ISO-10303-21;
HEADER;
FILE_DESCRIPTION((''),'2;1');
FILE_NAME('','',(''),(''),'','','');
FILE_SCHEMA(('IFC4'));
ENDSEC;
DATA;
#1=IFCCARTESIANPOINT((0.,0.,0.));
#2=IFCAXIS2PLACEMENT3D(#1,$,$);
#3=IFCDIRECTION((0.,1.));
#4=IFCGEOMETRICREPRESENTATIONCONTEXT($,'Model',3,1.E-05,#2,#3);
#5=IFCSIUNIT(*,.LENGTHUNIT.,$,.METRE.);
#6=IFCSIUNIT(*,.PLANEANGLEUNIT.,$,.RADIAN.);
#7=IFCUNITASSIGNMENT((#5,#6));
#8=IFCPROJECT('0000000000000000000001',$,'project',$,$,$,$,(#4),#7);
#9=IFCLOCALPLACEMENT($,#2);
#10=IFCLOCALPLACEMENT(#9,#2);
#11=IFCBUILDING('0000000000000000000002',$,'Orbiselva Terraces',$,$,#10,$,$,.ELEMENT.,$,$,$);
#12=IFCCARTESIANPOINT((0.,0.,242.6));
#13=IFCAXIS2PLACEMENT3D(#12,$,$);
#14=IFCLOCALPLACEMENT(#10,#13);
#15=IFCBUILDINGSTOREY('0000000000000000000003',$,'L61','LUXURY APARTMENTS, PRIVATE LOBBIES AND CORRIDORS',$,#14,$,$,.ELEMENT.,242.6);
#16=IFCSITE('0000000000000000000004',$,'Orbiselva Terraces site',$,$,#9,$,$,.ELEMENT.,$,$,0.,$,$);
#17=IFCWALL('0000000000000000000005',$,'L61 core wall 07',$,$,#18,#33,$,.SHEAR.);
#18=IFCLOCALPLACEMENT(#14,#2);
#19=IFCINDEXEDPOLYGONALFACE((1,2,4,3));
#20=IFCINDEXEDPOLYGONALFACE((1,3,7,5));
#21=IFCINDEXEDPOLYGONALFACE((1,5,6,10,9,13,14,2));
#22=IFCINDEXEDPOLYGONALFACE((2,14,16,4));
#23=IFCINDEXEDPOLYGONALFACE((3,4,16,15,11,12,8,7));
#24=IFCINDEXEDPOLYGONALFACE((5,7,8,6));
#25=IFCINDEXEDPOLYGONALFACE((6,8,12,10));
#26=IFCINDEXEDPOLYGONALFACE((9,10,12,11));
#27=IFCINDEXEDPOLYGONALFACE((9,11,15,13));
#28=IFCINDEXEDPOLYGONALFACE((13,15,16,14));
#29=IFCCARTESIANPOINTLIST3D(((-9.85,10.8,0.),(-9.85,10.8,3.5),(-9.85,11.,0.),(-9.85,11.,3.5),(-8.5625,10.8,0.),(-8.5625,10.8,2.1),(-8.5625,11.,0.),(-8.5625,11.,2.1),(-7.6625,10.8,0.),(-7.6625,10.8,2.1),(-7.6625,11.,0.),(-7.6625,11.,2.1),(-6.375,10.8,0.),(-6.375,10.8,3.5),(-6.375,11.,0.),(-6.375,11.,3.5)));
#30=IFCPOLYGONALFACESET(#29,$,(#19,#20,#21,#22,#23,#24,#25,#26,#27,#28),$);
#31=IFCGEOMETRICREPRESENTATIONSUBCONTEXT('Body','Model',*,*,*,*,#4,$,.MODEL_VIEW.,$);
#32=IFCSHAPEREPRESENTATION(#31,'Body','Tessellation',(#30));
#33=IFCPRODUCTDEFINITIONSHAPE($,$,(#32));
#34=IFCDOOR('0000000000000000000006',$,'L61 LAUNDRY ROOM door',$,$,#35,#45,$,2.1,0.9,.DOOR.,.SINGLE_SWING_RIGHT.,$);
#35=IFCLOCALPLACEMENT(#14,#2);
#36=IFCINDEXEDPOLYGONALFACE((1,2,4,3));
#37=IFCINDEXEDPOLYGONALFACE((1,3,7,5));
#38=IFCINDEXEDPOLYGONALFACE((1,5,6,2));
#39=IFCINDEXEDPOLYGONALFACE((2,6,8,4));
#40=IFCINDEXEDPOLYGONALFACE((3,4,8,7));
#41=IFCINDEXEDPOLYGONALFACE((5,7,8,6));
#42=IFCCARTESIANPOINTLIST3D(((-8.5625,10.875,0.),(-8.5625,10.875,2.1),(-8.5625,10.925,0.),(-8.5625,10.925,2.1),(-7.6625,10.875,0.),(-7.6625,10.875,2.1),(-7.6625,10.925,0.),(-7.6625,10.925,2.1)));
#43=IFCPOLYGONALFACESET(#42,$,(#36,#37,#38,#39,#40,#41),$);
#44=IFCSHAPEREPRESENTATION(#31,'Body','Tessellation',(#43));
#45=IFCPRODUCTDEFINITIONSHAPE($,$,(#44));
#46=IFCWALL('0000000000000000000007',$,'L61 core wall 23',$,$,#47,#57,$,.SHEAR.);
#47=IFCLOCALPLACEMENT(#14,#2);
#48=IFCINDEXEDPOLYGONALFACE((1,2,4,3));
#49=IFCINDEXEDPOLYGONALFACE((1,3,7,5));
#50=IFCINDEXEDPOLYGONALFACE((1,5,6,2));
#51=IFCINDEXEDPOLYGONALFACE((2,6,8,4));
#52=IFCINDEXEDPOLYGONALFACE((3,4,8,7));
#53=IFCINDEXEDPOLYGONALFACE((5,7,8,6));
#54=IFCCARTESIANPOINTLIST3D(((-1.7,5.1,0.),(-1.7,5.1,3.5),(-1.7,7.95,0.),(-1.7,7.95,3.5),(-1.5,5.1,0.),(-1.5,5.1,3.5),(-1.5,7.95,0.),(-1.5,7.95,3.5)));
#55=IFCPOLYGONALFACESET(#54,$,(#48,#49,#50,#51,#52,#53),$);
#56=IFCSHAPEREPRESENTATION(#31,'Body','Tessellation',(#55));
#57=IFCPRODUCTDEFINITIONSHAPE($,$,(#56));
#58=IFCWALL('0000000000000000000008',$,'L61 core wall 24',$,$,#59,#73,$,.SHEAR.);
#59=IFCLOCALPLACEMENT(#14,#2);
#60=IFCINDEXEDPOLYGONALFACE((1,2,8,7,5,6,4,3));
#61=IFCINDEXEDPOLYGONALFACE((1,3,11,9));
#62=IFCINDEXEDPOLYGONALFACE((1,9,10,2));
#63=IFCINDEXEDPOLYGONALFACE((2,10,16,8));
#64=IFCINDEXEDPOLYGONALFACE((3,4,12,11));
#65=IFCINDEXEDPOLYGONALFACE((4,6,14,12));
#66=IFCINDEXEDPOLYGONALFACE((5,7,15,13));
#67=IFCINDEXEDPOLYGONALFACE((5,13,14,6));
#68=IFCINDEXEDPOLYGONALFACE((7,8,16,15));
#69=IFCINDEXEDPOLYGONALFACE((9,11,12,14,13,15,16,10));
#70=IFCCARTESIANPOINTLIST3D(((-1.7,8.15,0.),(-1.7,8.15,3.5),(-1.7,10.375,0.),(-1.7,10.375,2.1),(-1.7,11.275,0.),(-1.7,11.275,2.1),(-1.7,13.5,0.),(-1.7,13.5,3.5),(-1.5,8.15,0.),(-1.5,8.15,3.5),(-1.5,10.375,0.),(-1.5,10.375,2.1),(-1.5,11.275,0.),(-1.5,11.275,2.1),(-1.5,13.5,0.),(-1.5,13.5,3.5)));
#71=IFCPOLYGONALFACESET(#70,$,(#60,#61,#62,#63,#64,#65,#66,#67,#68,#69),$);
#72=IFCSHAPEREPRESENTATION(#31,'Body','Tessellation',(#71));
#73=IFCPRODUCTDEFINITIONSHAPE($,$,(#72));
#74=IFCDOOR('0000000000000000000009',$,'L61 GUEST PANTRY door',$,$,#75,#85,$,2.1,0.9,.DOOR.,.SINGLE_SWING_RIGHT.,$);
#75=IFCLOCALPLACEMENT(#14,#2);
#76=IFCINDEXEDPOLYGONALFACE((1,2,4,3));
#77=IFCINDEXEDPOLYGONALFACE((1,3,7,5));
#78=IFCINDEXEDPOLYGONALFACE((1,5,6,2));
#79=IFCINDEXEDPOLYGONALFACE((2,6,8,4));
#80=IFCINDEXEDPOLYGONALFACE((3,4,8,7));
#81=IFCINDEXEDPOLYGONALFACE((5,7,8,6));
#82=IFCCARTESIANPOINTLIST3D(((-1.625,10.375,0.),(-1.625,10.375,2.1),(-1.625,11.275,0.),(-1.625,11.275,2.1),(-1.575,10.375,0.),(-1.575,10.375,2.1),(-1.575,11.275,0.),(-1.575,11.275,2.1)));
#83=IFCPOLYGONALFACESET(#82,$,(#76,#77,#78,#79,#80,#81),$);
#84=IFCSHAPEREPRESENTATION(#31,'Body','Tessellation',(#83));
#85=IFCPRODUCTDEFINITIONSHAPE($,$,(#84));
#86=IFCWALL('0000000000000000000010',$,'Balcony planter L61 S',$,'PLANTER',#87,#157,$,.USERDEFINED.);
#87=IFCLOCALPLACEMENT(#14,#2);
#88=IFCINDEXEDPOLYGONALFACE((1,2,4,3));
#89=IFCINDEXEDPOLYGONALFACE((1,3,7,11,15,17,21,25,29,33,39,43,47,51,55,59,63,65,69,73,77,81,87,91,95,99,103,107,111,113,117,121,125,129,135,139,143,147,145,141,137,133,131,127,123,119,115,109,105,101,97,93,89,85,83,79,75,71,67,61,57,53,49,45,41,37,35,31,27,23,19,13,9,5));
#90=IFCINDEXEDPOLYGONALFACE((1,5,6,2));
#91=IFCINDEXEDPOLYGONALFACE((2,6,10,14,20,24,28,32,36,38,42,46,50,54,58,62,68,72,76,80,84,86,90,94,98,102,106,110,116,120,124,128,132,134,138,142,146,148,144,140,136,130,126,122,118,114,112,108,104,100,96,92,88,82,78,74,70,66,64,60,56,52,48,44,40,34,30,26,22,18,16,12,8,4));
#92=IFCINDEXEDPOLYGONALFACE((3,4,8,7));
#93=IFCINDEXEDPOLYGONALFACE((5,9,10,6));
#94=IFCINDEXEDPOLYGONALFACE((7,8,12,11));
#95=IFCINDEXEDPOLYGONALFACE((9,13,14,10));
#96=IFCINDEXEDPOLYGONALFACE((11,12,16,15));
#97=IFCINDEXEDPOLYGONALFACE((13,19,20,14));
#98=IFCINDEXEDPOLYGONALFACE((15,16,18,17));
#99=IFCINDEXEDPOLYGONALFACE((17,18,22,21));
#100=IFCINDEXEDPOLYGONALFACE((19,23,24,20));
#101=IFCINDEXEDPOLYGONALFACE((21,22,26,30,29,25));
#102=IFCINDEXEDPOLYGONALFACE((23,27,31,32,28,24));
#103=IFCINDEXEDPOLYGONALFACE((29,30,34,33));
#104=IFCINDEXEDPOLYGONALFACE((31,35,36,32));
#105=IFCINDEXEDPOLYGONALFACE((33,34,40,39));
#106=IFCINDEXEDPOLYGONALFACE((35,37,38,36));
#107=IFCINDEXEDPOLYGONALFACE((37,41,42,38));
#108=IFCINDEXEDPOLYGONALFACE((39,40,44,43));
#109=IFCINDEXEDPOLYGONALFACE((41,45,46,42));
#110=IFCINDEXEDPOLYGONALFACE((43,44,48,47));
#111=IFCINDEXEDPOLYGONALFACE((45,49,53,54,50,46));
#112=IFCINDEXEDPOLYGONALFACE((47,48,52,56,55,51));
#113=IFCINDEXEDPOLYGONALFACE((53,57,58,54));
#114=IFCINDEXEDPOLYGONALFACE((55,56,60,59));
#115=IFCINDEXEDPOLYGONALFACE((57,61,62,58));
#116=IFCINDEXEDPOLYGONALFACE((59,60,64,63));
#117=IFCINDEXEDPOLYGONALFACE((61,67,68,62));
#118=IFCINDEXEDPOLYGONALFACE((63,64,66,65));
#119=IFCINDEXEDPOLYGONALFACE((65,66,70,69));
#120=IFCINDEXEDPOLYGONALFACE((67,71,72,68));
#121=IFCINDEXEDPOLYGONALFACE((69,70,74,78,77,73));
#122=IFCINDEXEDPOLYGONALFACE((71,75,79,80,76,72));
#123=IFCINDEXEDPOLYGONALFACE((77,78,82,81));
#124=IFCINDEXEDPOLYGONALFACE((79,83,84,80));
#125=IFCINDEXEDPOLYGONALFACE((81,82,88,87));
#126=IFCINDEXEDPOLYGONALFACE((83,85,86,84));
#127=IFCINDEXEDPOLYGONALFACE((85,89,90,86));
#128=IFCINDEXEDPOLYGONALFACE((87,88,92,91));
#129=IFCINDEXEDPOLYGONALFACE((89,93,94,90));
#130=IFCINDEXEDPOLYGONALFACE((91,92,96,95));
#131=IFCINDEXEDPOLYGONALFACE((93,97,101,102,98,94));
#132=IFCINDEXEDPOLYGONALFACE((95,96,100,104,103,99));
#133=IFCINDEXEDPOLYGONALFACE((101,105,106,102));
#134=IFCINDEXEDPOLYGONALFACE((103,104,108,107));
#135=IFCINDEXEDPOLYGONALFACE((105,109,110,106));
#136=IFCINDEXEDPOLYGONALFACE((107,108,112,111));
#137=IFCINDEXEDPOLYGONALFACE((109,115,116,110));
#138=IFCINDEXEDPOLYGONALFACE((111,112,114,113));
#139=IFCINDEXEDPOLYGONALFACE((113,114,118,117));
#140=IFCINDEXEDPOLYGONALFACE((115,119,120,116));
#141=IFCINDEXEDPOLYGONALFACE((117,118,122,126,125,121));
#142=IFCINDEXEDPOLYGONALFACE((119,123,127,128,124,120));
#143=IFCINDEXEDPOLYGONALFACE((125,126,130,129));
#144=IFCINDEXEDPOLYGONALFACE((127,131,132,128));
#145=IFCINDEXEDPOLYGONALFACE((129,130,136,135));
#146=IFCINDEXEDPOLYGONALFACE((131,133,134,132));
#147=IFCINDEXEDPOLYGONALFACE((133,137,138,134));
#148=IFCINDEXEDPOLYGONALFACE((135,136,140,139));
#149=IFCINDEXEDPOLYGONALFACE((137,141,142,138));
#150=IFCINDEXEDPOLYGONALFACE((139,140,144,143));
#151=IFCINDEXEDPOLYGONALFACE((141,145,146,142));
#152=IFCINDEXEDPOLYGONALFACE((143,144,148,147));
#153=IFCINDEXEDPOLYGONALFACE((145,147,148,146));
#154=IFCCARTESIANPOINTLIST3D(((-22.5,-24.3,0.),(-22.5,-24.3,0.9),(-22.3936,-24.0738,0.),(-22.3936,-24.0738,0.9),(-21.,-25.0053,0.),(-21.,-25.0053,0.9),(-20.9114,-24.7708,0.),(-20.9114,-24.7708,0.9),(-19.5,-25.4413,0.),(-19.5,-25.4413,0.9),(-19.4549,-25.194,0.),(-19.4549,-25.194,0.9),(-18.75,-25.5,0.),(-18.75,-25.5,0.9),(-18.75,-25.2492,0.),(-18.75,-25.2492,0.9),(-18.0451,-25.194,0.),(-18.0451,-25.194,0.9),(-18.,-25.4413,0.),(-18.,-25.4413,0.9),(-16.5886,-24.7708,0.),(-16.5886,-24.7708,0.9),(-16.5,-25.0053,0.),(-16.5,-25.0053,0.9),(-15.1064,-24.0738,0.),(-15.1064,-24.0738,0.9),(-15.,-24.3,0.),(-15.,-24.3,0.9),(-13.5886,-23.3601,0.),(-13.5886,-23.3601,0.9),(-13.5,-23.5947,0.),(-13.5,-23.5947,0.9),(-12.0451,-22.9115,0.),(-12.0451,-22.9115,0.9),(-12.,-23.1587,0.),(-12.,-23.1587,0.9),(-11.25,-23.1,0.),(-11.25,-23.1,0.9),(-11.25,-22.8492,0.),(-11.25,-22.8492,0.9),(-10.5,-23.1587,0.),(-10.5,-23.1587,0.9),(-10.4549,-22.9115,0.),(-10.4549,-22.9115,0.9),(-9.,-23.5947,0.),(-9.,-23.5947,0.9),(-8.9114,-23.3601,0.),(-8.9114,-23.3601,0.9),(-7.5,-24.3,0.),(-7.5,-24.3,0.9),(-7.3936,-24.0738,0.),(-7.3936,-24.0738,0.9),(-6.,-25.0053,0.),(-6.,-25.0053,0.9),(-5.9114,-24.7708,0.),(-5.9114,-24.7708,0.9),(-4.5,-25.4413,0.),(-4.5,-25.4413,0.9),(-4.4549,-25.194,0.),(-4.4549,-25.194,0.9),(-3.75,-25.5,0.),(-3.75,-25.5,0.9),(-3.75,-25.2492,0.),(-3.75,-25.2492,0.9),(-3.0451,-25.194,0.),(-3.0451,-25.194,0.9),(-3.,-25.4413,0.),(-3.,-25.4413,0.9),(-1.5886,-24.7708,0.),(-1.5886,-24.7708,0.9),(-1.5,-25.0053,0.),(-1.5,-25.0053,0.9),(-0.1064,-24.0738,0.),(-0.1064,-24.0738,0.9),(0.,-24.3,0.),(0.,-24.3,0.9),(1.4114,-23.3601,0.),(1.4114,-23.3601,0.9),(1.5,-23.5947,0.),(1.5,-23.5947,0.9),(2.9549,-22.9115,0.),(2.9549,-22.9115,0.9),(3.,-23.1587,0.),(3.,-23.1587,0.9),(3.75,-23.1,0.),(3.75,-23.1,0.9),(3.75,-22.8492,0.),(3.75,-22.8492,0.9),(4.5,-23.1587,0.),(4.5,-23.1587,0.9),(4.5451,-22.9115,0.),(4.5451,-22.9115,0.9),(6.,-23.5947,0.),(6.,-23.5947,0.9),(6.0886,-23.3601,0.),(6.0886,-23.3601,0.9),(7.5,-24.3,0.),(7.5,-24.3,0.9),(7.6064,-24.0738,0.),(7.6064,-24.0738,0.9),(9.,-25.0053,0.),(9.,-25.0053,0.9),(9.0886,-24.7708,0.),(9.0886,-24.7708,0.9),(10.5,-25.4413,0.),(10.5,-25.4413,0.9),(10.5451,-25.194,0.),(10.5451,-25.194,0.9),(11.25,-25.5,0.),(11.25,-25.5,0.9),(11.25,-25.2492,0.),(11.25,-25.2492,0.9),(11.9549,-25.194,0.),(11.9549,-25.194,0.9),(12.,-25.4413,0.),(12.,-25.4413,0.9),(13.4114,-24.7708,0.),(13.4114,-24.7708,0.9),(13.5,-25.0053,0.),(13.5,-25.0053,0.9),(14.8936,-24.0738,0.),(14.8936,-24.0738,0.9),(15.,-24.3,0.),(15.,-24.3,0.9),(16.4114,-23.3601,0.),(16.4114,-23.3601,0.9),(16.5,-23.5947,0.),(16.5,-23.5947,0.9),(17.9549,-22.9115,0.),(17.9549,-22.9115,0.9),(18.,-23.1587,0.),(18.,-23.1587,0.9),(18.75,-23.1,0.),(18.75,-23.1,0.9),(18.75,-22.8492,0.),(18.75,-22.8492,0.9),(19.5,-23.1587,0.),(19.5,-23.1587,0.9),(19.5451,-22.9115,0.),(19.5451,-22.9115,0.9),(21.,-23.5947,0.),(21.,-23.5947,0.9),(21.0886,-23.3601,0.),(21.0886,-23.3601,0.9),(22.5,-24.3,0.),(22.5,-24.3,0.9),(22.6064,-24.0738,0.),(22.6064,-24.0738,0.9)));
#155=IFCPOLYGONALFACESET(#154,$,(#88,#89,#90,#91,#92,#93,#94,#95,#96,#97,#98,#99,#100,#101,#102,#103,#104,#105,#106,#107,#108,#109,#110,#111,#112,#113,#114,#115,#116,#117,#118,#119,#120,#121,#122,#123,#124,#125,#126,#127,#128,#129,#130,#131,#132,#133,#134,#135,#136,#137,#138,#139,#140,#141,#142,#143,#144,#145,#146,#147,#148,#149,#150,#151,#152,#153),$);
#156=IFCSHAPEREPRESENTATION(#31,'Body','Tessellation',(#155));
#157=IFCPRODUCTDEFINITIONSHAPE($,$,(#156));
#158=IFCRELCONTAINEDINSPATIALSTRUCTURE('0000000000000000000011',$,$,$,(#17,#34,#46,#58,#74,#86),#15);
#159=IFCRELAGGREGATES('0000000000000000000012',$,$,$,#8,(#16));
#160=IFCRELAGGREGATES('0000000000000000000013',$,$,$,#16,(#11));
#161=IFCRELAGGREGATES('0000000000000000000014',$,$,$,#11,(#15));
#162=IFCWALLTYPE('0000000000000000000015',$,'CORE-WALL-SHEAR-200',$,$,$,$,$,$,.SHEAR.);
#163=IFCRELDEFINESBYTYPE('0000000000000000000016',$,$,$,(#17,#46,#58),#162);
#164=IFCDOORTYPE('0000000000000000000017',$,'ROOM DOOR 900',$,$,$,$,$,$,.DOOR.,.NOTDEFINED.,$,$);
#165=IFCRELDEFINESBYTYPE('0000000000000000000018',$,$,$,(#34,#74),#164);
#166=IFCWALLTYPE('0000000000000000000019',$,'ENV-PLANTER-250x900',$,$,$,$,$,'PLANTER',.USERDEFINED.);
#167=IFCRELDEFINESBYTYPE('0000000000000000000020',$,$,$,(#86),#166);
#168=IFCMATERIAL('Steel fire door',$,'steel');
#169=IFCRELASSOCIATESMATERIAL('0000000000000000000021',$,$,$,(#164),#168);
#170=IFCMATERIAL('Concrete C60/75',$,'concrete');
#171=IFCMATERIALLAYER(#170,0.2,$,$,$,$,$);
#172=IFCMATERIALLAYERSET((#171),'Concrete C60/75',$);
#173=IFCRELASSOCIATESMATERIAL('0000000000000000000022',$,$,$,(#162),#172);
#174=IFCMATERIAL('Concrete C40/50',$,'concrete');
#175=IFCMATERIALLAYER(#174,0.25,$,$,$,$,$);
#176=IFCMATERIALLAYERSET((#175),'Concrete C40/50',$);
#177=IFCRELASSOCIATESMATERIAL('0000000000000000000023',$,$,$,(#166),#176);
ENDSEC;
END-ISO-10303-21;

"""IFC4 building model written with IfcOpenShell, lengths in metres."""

from ifc_helpers import new_model, si_unit, direction, frame, frame_2d, origin, place, context, subcontext, project, spatial, polyline, rectangle, outline, extrude, material, layer, layer_set, type_object, element, fill, save


model = new_model("IFC4")

# Units and contexts
model_context = context("Model", 3, precision=1e-05, world=origin(), true_north=direction((0.0, 1.0)))
body_context = subcontext(model_context, "Body", "Model", "MODEL_VIEW")
ifc_project = project(units=[si_unit("LENGTHUNIT", "METRE"), si_unit("PLANEANGLEUNIT", "RADIAN")], contexts=[model_context])

# Site, building, storey
site_placement = place(None, origin())
site = spatial("IfcSite", under=ifc_project, at=site_placement, Name="Orbiselva Terraces site", CompositionType="ELEMENT", RefElevation=0.0)
building_placement = place(site_placement, origin())
building = spatial("IfcBuilding", under=site, at=building_placement, Name="Orbiselva Terraces", CompositionType="ELEMENT")
storey_placement = place(building_placement, frame((0.0, 0.0, 242.6)))
storey = spatial("IfcBuildingStorey", under=building, at=storey_placement, Name="L61", Description="LUXURY APARTMENTS, PRIVATE LOBBIES AND CORRIDORS", CompositionType="ELEMENT", Elevation=242.6)

# Shared definitions
ifc_material_1 = material(Name="Steel fire door", Category="steel")
door_type = type_object("IfcDoorType", Name="ROOM DOOR 900", OperationType="NOTDEFINED", PredefinedType="DOOR", material=ifc_material_1)

# Shared definitions
ifc_material_2 = material(Name="Concrete C60/75", Category="concrete")
ifc_layer_1 = layer(ifc_material_2, 0.2)
ifc_layer_set_1 = layer_set([ifc_layer_1], Name="Concrete C60/75")
wall_type_1 = type_object("IfcWallType", Name="CORE-WALL-SHEAR-200", PredefinedType="SHEAR", material=ifc_layer_set_1)

# Wall, opening, door
wall_1_placement = place(storey_placement, frame((-9.85, 10.9, 0.0), z_axis=(0.0, 0.0, 1.0), x_axis=(1.0, 0.0, 0.0)))
wall_1 = element("IfcWall", 1, at=wall_1_placement, inside=storey, type_object=wall_type_1, Name="L61 core wall 07", PredefinedType="SHEAR", context=body_context, shape_type="SweptSolid", body=[
    extrude(rectangle(XDim=3.475, YDim=0.2, at=frame_2d((1.7375, 0.0))), origin(), (0.0, 0.0, 1.0), 3.5),
])
opening_1_placement = place(wall_1_placement, frame((1.2875, 0.0, 0.0)))
opening_1 = element("IfcOpeningElement", 2, at=opening_1_placement, cuts=wall_1, PredefinedType="OPENING", context=body_context, shape_type="SweptSolid", body=[
    extrude(rectangle(XDim=0.9, YDim=2.1, at=frame_2d((0.45, 1.05))), frame((0.0, 0.11, 0.0), z_axis=(0.0, -1.0, 0.0), x_axis=(1.0, 0.0, 0.0)), (0.0, 0.0, 1.0), 0.22),
])
door_1_placement = place(opening_1_placement, origin())
door_1 = element("IfcDoor", 3, at=door_1_placement, inside=storey, type_object=door_type, Name="L61 LAUNDRY ROOM door", OperationType="SINGLE_SWING_RIGHT", OverallHeight=2.1, OverallWidth=0.9, PredefinedType="DOOR", context=body_context, shape_type="SweptSolid", body=[
    extrude(rectangle(XDim=0.9, YDim=2.1, at=frame_2d((0.45, 1.05))), frame((0.0, 0.025, 0.0), z_axis=(0.0, -1.0, 0.0), x_axis=(1.0, 0.0, 0.0)), (0.0, 0.0, 1.0), 0.05),
])
fill(opening_1, door_1)

# Wall
wall_2_placement = place(storey_placement, frame((-1.6, 5.1, 0.0), z_axis=(0.0, 0.0, 1.0), x_axis=(0.0, 1.0, 0.0)))
element("IfcWall", 4, at=wall_2_placement, inside=storey, type_object=wall_type_1, Name="L61 core wall 23", PredefinedType="SHEAR", context=body_context, shape_type="SweptSolid", body=[
    extrude(rectangle(XDim=2.85, YDim=0.2, at=frame_2d((1.425, 0.0))), origin(), (0.0, 0.0, 1.0), 3.5),
])

# Wall, opening, door
wall_3_placement = place(storey_placement, frame((-1.6, 8.15, 0.0), z_axis=(0.0, 0.0, 1.0), x_axis=(0.0, 1.0, 0.0)))
wall_3 = element("IfcWall", 5, at=wall_3_placement, inside=storey, type_object=wall_type_1, Name="L61 core wall 24", PredefinedType="SHEAR", context=body_context, shape_type="SweptSolid", body=[
    extrude(rectangle(XDim=5.35, YDim=0.2, at=frame_2d((2.675, 0.0))), origin(), (0.0, 0.0, 1.0), 3.5),
])
opening_2_placement = place(wall_3_placement, frame((2.225, 0.0, 0.0)))
opening_2 = element("IfcOpeningElement", 6, at=opening_2_placement, cuts=wall_3, PredefinedType="OPENING", context=body_context, shape_type="SweptSolid", body=[
    extrude(rectangle(XDim=0.9, YDim=2.1, at=frame_2d((0.45, 1.05))), frame((0.0, 0.11, 0.0), z_axis=(0.0, -1.0, 0.0), x_axis=(1.0, 0.0, 0.0)), (0.0, 0.0, 1.0), 0.22),
])
door_2_placement = place(opening_2_placement, origin())
door_2 = element("IfcDoor", 7, at=door_2_placement, inside=storey, type_object=door_type, Name="L61 GUEST PANTRY door", OperationType="SINGLE_SWING_RIGHT", OverallHeight=2.1, OverallWidth=0.9, PredefinedType="DOOR", context=body_context, shape_type="SweptSolid", body=[
    extrude(rectangle(XDim=0.9, YDim=2.1, at=frame_2d((0.45, 1.05))), frame((0.0, 0.025, 0.0), z_axis=(0.0, -1.0, 0.0), x_axis=(1.0, 0.0, 0.0)), (0.0, 0.0, 1.0), 0.05),
])
fill(opening_2, door_2)

# Wall
ifc_material_3 = material(Name="Concrete C40/50", Category="concrete")
ifc_layer_2 = layer(ifc_material_3, 0.25)
ifc_layer_set_2 = layer_set([ifc_layer_2], Name="Concrete C40/50")
wall_type_2 = type_object("IfcWallType", Name="ENV-PLANTER-250x900", ElementType="PLANTER", PredefinedType="USERDEFINED", material=ifc_layer_set_2)
wall_4_placement = place(storey_placement, origin())
element("IfcWall", 8, at=wall_4_placement, inside=storey, type_object=wall_type_2, Name="Balcony planter L61 S", ObjectType="PLANTER", PredefinedType="USERDEFINED", context=body_context, shape_type="SweptSolid", body=[
    extrude(outline(polyline([(-22.5, -24.3), (-21.0, -25.0053), (-19.5, -25.4413), (-18.75, -25.5), (-18.0, -25.4413), (-16.5, -25.0053), (-15.0, -24.3), (-13.5, -23.5947), (-12.0, -23.1587), (-11.25, -23.1), (-10.5, -23.1587), (-9.0, -23.5947), (-7.5, -24.3), (-6.0, -25.0053), (-4.5, -25.4413), (-3.75, -25.5), (-3.0, -25.4413), (-1.5, -25.0053), (0.0, -24.3), (1.5, -23.5947), (3.0, -23.1587), (3.75, -23.1), (4.5, -23.1587), (6.0, -23.5947), (7.5, -24.3), (9.0, -25.0053), (10.5, -25.4413), (11.25, -25.5), (12.0, -25.4413), (13.5, -25.0053), (15.0, -24.3), (16.5, -23.5947), (18.0, -23.1587), (18.75, -23.1), (19.5, -23.1587), (21.0, -23.5947), (22.5, -24.3), (22.6064, -24.0738), (21.0886, -23.3601), (19.5451, -22.9115), (18.75, -22.8492), (17.9549, -22.9115), (16.4114, -23.3601), (14.8936, -24.0738), (13.4114, -24.7708), (11.9549, -25.194), (11.25, -25.2492), (10.5451, -25.194), (9.0886, -24.7708), (7.6064, -24.0738), (6.0886, -23.3601), (4.5451, -22.9115), (3.75, -22.8492), (2.9549, -22.9115), (1.4114, -23.3601), (-0.1064, -24.0738), (-1.5886, -24.7708), (-3.0451, -25.194), (-3.75, -25.2492), (-4.4549, -25.194), (-5.9114, -24.7708), (-7.3936, -24.0738), (-8.9114, -23.3601), (-10.4549, -22.9115), (-11.25, -22.8492), (-12.0451, -22.9115), (-13.5886, -23.3601), (-15.1064, -24.0738), (-16.5886, -24.7708), (-18.0451, -25.194), (-18.75, -25.2492), (-19.4549, -25.194), (-20.9114, -24.7708), (-22.3936, -24.0738), (-22.5, -24.3)])), origin(), (0.0, 0.0, 1.0), 0.9),
])

save(model, "model.ifc")
